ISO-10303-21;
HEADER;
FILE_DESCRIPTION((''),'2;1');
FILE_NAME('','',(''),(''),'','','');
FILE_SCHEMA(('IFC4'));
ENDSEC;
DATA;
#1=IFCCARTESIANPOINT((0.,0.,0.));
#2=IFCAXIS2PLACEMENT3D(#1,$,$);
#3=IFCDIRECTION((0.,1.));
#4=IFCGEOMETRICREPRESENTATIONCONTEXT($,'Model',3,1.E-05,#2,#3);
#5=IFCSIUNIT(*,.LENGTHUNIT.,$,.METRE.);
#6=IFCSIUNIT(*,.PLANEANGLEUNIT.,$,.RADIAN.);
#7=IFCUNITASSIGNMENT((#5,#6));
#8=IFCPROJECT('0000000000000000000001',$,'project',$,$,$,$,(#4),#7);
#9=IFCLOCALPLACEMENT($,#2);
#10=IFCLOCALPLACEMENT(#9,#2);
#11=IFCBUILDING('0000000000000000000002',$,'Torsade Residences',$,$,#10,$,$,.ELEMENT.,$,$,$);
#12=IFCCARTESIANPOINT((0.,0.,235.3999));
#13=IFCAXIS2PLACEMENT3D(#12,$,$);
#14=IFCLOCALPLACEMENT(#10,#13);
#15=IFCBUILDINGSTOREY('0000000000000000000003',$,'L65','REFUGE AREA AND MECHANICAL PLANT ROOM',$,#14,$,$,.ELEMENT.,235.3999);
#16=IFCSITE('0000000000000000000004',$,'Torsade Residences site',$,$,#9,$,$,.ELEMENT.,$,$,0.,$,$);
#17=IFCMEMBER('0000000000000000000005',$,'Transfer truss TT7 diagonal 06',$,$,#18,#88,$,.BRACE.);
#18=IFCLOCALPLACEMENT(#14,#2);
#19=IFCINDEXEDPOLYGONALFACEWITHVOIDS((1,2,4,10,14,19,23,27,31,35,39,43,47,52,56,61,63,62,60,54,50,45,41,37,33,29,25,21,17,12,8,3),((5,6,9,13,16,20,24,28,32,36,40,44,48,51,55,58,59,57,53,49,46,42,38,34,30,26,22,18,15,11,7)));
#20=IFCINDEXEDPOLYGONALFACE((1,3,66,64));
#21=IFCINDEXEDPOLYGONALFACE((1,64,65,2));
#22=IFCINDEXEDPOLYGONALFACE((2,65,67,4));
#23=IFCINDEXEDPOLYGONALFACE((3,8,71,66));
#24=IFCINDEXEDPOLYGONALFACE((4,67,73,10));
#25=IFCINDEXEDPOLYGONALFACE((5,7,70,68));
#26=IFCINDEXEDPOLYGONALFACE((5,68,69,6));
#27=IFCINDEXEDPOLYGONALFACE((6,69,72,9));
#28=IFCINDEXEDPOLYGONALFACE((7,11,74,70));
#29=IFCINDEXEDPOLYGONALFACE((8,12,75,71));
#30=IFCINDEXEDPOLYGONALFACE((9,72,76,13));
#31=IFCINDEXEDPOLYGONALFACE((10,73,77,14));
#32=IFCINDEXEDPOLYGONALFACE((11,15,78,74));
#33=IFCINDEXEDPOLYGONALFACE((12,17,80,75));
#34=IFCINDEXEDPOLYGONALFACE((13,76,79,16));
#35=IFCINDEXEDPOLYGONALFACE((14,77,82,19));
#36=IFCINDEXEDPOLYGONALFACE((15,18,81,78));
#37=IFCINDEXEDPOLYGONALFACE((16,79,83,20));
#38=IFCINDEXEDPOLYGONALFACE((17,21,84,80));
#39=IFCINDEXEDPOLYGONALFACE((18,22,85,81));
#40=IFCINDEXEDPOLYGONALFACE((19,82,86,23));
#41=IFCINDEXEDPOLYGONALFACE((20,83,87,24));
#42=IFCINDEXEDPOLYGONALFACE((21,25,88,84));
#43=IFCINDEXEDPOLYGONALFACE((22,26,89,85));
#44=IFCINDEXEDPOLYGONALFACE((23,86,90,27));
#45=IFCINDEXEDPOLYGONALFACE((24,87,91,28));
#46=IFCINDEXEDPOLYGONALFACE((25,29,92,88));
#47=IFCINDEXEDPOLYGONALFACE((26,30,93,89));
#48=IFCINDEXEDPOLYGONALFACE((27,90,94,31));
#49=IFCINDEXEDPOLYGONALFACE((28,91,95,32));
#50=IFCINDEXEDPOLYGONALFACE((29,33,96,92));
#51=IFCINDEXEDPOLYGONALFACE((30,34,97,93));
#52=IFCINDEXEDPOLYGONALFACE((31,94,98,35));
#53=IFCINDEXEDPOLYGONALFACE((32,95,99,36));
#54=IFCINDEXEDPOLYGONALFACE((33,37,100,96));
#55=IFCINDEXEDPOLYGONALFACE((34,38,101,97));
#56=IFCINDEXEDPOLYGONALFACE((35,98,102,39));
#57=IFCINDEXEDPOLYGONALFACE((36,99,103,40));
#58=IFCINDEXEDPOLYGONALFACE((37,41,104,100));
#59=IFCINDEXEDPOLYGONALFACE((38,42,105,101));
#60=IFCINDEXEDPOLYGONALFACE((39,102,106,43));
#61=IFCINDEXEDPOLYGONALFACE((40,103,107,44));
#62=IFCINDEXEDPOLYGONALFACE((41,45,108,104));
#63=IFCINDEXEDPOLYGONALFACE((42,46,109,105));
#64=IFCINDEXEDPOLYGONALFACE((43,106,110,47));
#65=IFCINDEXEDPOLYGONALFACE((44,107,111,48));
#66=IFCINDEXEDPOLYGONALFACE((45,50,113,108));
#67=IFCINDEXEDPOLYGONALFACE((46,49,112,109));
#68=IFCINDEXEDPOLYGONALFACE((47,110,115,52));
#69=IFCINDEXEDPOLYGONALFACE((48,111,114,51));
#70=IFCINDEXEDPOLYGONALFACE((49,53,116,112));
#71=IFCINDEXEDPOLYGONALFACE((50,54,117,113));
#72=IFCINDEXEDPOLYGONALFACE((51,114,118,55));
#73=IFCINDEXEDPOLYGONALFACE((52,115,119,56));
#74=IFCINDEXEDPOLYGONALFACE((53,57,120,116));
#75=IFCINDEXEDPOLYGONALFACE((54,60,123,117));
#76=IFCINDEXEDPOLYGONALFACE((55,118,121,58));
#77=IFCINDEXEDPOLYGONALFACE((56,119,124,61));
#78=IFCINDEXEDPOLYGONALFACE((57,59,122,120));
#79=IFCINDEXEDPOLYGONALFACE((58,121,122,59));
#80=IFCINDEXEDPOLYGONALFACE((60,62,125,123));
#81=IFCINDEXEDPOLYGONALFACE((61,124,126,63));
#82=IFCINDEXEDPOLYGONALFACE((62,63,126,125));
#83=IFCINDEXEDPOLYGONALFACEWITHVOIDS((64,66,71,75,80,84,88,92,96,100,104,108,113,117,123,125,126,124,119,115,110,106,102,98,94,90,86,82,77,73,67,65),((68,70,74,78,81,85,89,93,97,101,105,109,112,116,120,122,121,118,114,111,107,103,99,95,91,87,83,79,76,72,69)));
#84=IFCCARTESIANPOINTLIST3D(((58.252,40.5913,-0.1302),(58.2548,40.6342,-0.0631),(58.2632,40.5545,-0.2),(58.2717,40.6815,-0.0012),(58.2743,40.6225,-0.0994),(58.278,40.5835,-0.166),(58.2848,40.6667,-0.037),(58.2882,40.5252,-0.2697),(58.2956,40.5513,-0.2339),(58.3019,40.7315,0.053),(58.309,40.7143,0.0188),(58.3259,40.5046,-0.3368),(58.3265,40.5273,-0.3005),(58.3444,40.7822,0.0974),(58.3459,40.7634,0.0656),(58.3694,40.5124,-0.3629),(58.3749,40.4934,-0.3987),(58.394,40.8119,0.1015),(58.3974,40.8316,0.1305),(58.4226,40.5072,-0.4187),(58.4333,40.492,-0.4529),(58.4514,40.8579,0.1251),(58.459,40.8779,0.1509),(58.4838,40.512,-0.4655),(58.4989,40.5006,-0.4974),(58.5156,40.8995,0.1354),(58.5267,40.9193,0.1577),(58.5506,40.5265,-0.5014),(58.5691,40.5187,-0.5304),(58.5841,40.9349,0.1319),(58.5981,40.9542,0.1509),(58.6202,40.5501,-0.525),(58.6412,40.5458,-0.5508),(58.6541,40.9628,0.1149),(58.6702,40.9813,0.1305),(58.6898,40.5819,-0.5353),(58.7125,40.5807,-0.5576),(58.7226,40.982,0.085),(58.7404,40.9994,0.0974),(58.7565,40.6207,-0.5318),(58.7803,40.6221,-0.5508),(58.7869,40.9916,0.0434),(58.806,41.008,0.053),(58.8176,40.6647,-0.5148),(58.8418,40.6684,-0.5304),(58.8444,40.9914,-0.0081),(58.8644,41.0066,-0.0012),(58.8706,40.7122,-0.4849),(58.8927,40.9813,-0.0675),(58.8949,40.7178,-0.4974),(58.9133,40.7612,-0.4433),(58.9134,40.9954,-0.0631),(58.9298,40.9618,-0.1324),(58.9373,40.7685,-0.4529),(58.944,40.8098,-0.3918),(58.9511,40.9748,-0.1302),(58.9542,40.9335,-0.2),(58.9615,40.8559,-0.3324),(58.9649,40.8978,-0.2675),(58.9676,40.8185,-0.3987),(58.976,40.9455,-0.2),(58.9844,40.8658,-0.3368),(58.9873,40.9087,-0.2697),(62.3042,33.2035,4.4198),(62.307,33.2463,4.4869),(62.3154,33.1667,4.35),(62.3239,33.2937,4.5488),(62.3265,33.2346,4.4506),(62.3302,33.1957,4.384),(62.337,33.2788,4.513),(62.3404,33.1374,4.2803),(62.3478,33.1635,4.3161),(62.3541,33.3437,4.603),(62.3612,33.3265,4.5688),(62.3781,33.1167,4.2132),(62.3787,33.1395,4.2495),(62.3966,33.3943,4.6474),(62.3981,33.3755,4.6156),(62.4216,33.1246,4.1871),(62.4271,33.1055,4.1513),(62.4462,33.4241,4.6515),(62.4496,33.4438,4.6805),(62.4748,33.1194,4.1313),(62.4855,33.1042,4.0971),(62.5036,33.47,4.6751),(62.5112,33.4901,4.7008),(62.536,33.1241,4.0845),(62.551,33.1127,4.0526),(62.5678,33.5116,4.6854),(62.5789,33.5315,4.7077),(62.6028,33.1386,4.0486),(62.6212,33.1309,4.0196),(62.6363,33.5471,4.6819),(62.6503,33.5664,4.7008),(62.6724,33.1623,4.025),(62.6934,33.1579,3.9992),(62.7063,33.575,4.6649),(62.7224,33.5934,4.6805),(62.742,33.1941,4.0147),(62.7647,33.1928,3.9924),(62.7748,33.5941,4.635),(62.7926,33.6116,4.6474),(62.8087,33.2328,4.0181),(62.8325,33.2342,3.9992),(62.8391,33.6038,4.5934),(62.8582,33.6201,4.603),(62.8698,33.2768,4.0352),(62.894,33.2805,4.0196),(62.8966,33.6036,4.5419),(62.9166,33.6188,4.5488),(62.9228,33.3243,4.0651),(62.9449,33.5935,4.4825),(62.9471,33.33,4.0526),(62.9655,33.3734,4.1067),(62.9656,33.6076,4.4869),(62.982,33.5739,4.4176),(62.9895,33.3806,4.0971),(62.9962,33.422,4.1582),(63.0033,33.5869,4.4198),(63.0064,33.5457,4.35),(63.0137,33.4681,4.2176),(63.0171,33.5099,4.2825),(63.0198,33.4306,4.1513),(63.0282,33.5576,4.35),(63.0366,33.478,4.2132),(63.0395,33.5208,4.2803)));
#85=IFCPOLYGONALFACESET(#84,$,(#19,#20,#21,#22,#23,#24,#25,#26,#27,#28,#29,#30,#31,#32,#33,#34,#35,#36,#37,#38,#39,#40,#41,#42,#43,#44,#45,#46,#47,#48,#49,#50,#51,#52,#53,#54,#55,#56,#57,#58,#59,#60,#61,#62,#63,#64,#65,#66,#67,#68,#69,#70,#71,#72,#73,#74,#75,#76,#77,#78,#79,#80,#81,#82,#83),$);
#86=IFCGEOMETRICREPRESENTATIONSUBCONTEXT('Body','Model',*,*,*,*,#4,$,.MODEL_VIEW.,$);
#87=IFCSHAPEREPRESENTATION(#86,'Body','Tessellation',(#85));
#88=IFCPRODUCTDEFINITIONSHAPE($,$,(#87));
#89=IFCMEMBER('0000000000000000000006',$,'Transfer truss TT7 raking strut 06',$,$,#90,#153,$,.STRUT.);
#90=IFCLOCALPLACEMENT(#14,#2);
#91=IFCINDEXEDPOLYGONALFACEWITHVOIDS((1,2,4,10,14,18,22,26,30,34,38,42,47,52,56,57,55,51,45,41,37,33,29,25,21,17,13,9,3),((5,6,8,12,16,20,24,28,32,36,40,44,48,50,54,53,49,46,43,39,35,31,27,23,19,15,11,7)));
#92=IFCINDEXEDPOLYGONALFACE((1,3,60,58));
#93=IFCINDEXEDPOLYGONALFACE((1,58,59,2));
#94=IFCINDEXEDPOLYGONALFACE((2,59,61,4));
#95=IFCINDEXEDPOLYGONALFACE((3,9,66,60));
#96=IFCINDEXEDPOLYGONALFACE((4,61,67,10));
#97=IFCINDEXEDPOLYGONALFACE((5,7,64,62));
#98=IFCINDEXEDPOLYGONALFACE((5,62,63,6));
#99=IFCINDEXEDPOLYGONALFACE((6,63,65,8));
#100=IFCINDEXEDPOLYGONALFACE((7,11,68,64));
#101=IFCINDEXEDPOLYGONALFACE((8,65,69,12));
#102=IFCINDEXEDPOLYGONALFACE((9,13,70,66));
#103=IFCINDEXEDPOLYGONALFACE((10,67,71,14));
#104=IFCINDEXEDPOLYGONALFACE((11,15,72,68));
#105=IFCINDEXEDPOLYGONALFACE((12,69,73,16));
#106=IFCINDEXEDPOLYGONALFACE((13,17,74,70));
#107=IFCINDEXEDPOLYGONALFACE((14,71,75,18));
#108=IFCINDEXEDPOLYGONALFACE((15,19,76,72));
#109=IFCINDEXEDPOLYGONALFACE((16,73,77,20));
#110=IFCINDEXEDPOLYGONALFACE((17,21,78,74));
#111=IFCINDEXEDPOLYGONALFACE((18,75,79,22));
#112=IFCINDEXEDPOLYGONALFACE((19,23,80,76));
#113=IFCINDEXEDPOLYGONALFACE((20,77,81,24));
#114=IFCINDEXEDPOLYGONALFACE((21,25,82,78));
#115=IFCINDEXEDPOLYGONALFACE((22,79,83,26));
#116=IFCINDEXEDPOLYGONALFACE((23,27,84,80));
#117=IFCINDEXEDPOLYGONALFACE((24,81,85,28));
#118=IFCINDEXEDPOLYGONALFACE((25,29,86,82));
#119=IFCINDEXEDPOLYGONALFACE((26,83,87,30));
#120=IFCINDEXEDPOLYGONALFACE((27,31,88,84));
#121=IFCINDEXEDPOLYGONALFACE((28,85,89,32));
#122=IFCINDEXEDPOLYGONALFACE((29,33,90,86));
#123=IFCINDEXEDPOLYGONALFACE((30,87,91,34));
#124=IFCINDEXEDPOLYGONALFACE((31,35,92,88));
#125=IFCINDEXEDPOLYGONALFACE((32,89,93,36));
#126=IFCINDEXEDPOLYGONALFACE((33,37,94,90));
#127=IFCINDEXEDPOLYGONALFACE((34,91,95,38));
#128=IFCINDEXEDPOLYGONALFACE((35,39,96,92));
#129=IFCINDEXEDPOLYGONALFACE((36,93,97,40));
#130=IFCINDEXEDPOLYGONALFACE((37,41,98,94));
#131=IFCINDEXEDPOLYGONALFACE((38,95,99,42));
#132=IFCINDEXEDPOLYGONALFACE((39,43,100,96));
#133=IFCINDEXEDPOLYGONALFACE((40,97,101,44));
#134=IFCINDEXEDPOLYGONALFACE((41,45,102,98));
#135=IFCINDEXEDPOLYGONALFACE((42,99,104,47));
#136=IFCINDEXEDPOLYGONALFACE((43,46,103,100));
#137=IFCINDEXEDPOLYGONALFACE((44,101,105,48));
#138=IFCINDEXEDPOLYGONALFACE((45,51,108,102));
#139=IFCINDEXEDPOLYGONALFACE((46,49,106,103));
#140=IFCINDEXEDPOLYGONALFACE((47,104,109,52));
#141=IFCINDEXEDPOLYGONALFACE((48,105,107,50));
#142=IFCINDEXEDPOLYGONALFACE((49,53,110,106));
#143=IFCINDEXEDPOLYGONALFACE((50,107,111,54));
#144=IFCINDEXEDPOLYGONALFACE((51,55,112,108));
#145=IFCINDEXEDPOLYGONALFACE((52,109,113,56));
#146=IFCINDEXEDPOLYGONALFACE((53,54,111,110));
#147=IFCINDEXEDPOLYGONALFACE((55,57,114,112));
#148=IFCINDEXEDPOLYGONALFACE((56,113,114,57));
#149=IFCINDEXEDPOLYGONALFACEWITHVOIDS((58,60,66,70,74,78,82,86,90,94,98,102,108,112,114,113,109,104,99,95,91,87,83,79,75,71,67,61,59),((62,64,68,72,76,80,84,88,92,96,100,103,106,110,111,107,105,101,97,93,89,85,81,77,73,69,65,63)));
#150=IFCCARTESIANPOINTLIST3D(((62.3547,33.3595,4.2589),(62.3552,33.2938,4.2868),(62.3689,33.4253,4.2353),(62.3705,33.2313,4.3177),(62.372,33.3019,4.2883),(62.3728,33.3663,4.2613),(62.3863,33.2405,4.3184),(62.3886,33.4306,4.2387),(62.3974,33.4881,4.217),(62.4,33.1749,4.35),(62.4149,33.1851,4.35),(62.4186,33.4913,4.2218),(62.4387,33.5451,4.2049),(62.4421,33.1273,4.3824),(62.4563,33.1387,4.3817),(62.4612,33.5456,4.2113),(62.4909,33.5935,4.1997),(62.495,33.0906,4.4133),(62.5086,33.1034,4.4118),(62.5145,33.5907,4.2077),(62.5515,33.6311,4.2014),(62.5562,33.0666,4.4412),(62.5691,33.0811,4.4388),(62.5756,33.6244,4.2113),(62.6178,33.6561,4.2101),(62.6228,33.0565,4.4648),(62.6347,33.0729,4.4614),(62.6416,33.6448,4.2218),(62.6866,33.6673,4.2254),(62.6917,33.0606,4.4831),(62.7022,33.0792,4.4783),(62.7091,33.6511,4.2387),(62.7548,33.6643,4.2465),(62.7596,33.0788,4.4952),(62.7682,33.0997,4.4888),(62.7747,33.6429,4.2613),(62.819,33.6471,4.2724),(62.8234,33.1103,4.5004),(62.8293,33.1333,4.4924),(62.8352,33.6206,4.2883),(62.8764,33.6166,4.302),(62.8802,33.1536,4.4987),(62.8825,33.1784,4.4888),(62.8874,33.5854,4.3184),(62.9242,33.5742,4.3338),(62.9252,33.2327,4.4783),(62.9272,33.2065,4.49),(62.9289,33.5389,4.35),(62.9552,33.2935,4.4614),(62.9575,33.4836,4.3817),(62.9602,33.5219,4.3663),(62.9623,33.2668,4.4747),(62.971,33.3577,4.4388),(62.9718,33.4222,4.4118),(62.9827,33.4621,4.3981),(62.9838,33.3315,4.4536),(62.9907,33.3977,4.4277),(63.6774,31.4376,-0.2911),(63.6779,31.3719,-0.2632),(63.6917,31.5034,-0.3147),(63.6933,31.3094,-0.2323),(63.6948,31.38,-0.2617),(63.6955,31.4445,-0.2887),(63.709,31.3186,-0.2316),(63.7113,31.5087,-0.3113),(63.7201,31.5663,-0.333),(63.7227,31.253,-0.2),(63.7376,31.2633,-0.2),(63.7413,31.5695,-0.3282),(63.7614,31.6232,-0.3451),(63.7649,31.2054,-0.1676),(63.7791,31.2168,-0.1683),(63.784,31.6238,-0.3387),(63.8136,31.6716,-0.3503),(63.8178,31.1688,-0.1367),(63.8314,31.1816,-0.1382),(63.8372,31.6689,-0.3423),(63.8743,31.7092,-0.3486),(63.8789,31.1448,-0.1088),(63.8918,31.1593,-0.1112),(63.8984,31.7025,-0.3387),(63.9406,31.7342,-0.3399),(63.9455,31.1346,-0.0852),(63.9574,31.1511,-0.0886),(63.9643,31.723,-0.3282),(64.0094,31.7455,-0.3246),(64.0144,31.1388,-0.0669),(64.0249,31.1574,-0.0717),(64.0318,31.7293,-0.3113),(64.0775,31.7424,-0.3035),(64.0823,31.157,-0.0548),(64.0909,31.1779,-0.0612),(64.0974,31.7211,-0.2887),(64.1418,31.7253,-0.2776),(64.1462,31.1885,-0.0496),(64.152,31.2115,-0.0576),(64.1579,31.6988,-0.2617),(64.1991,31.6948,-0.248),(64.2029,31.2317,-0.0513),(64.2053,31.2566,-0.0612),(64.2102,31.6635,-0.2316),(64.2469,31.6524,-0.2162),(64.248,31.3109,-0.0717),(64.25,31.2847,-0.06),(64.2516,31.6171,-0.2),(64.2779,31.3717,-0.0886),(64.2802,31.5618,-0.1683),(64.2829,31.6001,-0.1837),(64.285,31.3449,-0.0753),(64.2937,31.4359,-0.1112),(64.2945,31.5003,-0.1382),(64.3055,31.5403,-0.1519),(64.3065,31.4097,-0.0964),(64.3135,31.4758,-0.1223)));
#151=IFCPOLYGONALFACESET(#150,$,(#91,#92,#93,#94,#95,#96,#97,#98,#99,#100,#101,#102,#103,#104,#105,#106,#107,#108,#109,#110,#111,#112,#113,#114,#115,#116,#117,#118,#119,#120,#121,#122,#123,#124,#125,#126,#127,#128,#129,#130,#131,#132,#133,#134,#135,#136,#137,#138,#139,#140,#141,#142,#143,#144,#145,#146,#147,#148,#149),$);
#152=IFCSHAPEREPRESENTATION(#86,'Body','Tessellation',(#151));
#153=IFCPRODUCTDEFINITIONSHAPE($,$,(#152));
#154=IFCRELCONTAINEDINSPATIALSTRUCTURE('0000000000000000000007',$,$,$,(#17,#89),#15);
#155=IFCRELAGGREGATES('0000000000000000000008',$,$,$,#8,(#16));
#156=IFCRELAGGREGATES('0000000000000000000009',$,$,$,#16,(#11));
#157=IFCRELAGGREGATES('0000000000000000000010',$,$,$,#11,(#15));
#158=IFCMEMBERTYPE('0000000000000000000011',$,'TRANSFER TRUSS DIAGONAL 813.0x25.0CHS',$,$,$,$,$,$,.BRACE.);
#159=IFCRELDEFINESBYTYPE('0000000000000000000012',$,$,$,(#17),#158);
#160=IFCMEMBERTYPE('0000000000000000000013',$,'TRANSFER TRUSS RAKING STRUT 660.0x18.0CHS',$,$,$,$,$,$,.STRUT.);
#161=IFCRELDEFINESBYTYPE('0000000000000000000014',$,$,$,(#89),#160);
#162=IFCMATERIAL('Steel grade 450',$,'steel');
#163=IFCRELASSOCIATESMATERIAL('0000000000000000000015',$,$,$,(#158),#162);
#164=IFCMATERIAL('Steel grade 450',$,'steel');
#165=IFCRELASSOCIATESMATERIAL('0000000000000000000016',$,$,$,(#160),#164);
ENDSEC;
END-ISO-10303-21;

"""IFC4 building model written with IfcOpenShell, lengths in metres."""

from ifc_helpers import new_model, si_unit, direction, frame, origin, origin_2d, place, context, subcontext, project, spatial, hollow_circle, extrude, material, material_profile, profile_set, type_object, element, save


model = new_model("IFC4")

# Units and contexts
model_context = context("Model", 3, precision=1e-05, world=origin(), true_north=direction((0.0, 1.0)))
body_context = subcontext(model_context, "Body", "Model", "MODEL_VIEW")
ifc_project = project(units=[si_unit("LENGTHUNIT", "METRE"), si_unit("PLANEANGLEUNIT", "RADIAN")], contexts=[model_context])

# Site, building, storey
site_placement = place(None, origin())
site = spatial("IfcSite", under=ifc_project, at=site_placement, Name="Torsade Residences site", CompositionType="ELEMENT", RefElevation=0.0)
building_placement = place(site_placement, origin())
building = spatial("IfcBuilding", under=site, at=building_placement, Name="Torsade Residences", CompositionType="ELEMENT")
storey_placement = place(building_placement, frame((0.0, 0.0, 235.3999)))
storey = spatial("IfcBuildingStorey", under=building, at=storey_placement, Name="L65", Description="REFUGE AREA AND MECHANICAL PLANT ROOM", CompositionType="ELEMENT", Elevation=235.3999)

# Members
ifc_material_1 = material(Name="Steel grade 450", Category="steel")
ifc_material_profile_1 = material_profile(ifc_material_1, hollow_circle(Radius=0.4065, WallThickness=0.0249, at=origin_2d()), Name="813.0x25.0CHS")
ifc_profile_set_1 = profile_set([ifc_material_profile_1], Name="Steel grade 450")
member_type_1 = type_object("IfcMemberType", Name="TRANSFER TRUSS DIAGONAL 813.0x25.0CHS", PredefinedType="BRACE", material=ifc_profile_set_1)
member_1_placement = place(storey_placement, frame((58.6196, 40.75, -0.2), z_axis=(0.423154, -0.771483, 0.475137), x_axis=(0.876773, 0.480905, 0.0)))
element("IfcMember", 1, at=member_1_placement, inside=storey, type_object=member_type_1, Name="Transfer truss TT7 diagonal 06", PredefinedType="BRACE", context=body_context, shape_type="SweptSolid", body=[
    extrude(hollow_circle(Radius=0.4065, WallThickness=0.0249, at=origin_2d()), origin(), (0.0, 0.0, 1.0), 9.5762),
])
ifc_material_2 = material(Name="Steel grade 450", Category="steel")
ifc_material_profile_2 = material_profile(ifc_material_2, hollow_circle(Radius=0.3301, WallThickness=0.0181, at=origin_2d()), Name="660.0x18.0CHS")
ifc_profile_set_2 = profile_set([ifc_material_profile_2], Name="Steel grade 450")
member_type_2 = type_object("IfcMemberType", Name="TRANSFER TRUSS RAKING STRUT 660.0x18.0CHS", PredefinedType="STRUT", material=ifc_profile_set_2)
member_2_placement = place(storey_placement, frame((63.9946, 31.4402, -0.2), z_axis=(-0.258687, 0.375855, 0.889839), x_axis=(-0.823749, -0.566955, 0.0)))
element("IfcMember", 2, at=member_2_placement, inside=storey, type_object=member_type_2, Name="Transfer truss TT7 raking strut 06", PredefinedType="STRUT", context=body_context, shape_type="SweptSolid", body=[
    extrude(hollow_circle(Radius=0.3301, WallThickness=0.0181, at=origin_2d()), origin(), (0.0, 0.0, 1.0), 5.1133),
])

save(model, "model.ifc")
